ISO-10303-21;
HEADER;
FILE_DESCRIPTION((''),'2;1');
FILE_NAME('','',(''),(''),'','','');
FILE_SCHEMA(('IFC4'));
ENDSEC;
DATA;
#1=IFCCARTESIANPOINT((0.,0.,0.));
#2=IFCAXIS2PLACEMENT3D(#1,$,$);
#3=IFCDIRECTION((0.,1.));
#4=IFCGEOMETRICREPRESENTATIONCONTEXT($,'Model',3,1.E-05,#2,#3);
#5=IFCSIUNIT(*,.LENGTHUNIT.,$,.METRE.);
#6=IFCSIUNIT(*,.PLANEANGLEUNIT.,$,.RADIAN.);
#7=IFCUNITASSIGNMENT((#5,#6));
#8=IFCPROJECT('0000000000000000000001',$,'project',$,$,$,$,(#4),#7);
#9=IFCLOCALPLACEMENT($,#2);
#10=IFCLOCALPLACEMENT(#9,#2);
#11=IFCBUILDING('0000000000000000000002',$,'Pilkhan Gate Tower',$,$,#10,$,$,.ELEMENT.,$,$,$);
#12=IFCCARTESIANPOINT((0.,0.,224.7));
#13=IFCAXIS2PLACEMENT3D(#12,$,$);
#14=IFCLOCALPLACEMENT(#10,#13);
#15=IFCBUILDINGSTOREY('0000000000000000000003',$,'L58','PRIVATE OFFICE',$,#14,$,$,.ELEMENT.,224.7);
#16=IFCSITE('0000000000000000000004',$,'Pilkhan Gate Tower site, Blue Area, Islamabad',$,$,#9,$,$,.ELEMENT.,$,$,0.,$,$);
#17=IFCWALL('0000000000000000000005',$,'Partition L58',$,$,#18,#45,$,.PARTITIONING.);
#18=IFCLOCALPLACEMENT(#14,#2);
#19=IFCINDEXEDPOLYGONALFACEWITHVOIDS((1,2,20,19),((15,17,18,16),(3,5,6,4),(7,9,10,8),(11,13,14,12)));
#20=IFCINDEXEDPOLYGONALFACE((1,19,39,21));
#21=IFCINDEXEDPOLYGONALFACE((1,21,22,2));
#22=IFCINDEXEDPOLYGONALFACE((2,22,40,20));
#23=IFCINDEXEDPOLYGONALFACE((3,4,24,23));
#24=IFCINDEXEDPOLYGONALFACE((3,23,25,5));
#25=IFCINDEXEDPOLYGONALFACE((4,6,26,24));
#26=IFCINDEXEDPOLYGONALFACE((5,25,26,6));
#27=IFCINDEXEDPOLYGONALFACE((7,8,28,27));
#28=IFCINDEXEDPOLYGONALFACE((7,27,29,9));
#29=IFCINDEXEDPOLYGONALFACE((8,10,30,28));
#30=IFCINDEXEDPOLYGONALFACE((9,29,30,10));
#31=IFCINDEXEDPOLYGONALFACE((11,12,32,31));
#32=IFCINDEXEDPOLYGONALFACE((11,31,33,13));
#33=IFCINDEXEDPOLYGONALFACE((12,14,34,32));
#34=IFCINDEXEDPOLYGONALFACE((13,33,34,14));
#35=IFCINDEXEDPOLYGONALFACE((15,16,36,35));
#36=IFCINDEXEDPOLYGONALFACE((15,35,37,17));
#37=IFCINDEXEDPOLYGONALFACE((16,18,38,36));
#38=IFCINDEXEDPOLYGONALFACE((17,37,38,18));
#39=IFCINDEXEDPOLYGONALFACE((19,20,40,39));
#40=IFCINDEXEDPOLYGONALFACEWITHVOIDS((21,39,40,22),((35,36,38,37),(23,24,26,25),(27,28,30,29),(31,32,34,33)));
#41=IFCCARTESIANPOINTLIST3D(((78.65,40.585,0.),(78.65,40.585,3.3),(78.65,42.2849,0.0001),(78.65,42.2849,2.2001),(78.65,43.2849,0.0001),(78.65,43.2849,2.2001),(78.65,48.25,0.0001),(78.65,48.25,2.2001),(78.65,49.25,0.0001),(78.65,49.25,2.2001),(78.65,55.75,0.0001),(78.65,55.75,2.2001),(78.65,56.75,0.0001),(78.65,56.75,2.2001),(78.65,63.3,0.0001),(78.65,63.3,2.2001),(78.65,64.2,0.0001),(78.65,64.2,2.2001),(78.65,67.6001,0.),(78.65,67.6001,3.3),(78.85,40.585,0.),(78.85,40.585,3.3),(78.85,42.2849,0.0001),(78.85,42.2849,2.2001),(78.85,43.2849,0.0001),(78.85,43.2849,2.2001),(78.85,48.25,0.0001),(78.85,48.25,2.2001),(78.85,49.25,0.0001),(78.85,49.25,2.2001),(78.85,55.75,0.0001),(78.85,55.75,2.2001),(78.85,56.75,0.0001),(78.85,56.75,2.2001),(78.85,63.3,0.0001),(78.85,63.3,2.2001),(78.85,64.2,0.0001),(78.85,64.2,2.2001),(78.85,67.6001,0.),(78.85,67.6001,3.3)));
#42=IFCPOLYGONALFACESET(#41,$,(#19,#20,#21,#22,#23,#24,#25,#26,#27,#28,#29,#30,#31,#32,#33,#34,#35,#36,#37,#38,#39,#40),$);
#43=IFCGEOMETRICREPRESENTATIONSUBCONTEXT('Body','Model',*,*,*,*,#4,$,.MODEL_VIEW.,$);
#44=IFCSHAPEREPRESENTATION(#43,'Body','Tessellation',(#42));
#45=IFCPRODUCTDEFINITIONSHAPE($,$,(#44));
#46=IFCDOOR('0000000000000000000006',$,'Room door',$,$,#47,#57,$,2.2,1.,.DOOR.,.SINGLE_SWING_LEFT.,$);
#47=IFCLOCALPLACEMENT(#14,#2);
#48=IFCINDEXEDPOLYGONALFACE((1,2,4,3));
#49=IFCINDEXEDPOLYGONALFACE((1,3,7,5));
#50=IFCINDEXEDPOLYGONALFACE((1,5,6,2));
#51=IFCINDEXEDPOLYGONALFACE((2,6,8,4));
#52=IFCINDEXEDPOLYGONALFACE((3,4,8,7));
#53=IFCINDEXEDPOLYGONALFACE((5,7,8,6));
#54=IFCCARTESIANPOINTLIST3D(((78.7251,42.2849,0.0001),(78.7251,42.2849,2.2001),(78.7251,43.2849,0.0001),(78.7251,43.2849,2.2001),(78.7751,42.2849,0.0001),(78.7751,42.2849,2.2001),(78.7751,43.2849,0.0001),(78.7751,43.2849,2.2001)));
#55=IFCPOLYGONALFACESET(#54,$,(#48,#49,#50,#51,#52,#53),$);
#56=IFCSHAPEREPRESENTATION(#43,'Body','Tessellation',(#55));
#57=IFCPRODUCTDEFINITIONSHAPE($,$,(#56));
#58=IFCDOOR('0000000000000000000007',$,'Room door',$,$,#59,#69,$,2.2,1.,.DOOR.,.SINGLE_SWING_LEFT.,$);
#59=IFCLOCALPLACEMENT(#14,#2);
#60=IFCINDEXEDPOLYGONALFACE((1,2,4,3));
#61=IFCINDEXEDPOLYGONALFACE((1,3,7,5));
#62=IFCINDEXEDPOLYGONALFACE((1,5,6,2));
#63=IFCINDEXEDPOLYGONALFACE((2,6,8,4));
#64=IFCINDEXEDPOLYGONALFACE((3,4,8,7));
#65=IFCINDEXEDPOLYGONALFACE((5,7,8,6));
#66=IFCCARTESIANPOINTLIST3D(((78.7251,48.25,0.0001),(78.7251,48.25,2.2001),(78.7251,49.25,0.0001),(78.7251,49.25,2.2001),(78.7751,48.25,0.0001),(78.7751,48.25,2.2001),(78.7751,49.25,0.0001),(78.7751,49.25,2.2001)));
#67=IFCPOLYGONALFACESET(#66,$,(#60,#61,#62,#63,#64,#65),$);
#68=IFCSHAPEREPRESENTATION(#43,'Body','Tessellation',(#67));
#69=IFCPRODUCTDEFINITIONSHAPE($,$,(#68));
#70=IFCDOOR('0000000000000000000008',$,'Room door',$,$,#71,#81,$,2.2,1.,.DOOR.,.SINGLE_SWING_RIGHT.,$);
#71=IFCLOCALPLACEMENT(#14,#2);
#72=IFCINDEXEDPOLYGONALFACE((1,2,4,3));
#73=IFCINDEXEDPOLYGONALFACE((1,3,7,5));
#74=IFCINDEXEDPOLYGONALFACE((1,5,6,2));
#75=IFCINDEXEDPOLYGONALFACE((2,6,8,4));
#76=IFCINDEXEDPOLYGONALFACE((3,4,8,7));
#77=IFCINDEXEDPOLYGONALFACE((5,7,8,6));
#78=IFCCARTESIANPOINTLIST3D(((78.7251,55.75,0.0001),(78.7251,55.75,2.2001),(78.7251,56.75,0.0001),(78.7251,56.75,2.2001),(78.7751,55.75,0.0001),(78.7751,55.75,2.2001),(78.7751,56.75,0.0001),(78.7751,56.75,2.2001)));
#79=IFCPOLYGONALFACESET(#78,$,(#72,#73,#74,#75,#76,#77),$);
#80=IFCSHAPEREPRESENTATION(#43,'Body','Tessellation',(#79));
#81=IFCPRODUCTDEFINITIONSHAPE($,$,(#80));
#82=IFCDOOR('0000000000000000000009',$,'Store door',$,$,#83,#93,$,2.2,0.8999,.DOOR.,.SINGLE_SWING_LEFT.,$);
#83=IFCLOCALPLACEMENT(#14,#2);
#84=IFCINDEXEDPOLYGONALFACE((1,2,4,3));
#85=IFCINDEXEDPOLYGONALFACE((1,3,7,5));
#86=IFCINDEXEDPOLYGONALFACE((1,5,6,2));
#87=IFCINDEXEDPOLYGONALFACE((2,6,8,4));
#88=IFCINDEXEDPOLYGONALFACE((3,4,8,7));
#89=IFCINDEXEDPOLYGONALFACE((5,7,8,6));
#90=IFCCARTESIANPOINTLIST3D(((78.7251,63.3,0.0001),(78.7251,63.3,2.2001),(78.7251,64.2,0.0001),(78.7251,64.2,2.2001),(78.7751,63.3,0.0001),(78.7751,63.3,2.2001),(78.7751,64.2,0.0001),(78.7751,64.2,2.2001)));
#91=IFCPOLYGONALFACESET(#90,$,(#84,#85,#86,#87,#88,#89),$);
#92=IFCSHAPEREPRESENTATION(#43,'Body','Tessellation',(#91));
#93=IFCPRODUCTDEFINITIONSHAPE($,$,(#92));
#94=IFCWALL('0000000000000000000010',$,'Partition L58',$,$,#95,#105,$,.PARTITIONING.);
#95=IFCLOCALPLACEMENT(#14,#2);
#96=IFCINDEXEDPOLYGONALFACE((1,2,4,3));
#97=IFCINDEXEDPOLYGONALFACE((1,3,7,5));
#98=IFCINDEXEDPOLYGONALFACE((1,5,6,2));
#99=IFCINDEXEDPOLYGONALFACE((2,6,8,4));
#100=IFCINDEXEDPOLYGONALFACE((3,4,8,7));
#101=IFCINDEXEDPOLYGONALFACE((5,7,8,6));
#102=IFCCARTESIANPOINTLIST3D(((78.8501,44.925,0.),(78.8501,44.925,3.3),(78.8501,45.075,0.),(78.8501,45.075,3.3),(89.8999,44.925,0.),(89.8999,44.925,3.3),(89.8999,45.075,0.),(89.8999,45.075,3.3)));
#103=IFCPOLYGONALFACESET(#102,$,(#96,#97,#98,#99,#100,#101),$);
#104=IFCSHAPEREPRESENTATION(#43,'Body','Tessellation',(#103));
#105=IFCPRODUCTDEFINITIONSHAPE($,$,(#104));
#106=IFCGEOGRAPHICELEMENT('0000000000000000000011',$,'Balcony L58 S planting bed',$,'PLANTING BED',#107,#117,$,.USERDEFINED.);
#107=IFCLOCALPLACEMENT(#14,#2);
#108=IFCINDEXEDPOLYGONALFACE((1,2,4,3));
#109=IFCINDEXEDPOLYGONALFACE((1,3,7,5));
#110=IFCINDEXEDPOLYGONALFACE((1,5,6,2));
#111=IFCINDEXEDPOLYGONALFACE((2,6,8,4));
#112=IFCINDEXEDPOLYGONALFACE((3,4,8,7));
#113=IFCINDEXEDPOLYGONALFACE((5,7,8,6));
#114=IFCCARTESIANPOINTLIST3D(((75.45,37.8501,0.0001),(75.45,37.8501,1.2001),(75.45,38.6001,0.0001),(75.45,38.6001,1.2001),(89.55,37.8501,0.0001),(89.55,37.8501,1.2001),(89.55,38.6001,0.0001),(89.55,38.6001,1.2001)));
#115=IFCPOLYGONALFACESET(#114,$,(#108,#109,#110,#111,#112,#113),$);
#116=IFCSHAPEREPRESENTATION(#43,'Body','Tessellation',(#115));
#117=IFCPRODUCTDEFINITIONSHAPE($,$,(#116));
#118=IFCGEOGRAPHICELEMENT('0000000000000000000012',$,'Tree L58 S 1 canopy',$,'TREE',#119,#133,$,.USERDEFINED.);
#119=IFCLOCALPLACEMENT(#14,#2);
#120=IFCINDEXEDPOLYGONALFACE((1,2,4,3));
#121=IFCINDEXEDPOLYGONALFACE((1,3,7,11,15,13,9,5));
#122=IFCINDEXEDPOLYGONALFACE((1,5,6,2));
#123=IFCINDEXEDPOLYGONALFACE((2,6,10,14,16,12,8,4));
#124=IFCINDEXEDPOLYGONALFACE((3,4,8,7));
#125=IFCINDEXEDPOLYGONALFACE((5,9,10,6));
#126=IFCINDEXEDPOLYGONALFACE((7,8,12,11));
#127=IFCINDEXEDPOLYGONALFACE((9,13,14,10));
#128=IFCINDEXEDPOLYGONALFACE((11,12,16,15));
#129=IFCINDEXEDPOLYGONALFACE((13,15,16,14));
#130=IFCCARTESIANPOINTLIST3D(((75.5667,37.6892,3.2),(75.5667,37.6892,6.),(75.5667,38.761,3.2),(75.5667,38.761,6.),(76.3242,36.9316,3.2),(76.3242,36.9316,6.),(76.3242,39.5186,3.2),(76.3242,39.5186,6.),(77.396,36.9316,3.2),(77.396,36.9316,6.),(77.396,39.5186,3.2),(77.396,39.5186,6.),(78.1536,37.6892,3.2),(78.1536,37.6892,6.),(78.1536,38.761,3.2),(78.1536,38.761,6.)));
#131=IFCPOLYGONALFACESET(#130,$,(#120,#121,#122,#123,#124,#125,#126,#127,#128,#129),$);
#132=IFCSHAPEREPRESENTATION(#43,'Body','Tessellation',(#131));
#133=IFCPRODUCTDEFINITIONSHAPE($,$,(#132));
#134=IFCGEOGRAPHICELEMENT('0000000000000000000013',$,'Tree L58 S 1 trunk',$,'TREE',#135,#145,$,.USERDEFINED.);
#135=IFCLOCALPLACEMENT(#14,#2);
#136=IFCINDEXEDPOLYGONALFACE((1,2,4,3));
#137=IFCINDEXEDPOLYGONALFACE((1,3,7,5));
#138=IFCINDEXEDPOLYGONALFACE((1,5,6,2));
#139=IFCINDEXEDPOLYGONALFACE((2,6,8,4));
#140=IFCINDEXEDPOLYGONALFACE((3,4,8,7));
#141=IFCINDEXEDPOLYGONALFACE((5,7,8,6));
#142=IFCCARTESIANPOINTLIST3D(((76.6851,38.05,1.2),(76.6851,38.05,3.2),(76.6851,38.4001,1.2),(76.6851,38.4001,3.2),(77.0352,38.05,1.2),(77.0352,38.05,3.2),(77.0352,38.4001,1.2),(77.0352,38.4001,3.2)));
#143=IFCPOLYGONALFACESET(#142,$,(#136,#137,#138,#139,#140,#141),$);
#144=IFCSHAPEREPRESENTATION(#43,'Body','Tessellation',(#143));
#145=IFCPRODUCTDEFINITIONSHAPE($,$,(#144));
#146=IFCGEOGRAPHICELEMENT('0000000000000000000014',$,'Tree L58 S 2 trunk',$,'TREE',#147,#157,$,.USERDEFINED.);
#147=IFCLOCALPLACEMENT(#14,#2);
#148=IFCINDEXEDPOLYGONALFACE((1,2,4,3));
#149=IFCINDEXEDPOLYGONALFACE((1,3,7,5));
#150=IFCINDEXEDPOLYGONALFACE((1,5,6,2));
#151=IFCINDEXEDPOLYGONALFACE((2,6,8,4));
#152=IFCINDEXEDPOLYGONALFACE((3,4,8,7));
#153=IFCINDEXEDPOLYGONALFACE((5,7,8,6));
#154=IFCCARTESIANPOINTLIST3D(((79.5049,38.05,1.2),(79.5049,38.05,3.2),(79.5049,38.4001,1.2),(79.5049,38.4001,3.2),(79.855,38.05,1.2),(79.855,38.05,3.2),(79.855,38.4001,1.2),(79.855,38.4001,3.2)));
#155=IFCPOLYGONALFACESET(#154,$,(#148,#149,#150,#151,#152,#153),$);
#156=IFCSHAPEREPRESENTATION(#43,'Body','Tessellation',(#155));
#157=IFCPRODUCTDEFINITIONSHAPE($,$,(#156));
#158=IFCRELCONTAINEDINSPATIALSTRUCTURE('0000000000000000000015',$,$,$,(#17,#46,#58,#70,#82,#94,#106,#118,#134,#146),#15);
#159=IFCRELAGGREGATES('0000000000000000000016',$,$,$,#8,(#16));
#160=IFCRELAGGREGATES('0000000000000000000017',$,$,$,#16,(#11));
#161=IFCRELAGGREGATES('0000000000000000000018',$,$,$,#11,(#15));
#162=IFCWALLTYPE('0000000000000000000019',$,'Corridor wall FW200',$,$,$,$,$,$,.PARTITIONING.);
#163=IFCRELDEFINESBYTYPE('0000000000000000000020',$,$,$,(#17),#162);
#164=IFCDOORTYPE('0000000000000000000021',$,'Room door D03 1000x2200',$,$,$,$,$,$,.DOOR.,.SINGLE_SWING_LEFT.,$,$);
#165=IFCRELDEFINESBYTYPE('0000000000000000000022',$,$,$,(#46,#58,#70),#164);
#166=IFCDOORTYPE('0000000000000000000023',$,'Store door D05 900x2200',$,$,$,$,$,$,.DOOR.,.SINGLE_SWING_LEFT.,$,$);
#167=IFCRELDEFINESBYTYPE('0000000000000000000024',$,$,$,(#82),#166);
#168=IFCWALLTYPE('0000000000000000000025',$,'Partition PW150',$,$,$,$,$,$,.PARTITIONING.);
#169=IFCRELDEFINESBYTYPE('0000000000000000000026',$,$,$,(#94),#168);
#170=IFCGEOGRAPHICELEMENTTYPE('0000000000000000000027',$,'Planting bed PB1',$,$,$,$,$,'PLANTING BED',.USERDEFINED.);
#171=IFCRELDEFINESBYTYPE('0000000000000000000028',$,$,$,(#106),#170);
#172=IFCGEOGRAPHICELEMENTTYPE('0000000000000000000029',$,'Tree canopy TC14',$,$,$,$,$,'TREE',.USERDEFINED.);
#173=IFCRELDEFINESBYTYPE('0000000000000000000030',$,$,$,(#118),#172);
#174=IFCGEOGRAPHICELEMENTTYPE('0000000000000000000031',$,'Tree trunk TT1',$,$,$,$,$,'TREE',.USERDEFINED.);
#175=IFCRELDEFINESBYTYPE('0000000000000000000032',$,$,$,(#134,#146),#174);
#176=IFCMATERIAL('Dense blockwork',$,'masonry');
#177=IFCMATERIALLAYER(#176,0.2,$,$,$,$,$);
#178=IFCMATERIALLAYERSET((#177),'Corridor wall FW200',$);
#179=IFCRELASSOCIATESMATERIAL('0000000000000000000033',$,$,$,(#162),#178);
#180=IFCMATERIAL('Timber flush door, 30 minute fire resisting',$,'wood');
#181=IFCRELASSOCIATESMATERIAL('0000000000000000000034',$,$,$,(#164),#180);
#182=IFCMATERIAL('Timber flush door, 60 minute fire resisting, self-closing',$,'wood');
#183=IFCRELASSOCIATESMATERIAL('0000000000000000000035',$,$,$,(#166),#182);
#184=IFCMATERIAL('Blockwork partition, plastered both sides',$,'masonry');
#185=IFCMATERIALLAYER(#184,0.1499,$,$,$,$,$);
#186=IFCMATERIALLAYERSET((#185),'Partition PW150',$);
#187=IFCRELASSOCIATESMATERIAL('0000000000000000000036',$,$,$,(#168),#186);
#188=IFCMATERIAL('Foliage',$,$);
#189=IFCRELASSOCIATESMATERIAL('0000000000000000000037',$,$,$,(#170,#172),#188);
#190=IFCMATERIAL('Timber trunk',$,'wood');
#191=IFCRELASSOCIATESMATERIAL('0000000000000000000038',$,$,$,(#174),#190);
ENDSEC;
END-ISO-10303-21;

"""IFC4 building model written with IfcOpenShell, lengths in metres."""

from ifc_helpers import new_model, si_unit, direction, frame, frame_2d, origin, origin_2d, place, context, subcontext, project, spatial, polyline, rectangle, outline, extrude, material, layer, layer_set, material_profile, profile_set, type_object, element, fill, save


model = new_model("IFC4")

# Units and contexts
model_context = context("Model", 3, precision=1e-05, world=origin(), true_north=direction((0.0, 1.0)))
body_context = subcontext(model_context, "Body", "Model", "MODEL_VIEW")
ifc_project = project(units=[si_unit("LENGTHUNIT", "METRE"), si_unit("PLANEANGLEUNIT", "RADIAN")], contexts=[model_context])

# Site, building, storey
site_placement = place(None, origin())
site = spatial("IfcSite", under=ifc_project, at=site_placement, Name="Pilkhan Gate Tower site, Blue Area, Islamabad", CompositionType="ELEMENT", RefElevation=0.0)
building_placement = place(site_placement, origin())
building = spatial("IfcBuilding", under=site, at=building_placement, Name="Pilkhan Gate Tower", CompositionType="ELEMENT")
storey_placement = place(building_placement, frame((0.0, 0.0, 224.7)))
storey = spatial("IfcBuildingStorey", under=building, at=storey_placement, Name="L58", Description="PRIVATE OFFICE", CompositionType="ELEMENT", Elevation=224.7)

# Wall, openings, doors
ifc_material_1 = material(Name="Dense blockwork", Category="masonry")
ifc_layer_1 = layer(ifc_material_1, 0.2)
ifc_layer_set_1 = layer_set([ifc_layer_1], Name="Corridor wall FW200")
wall_type_1 = type_object("IfcWallType", Name="Corridor wall FW200", PredefinedType="PARTITIONING", material=ifc_layer_set_1)
ifc_material_2 = material(Name="Timber flush door, 30 minute fire resisting", Category="wood")
door_type_1 = type_object("IfcDoorType", Name="Room door D03 1000x2200", OperationType="SINGLE_SWING_LEFT", PredefinedType="DOOR", material=ifc_material_2)
wall_1_placement = place(storey_placement, frame((78.75, 40.585, 0.0), z_axis=(0.0, 0.0, 1.0), x_axis=(0.0, 1.0, 0.0)))
wall_1 = element("IfcWall", 1, at=wall_1_placement, inside=storey, type_object=wall_type_1, Name="Partition L58", PredefinedType="PARTITIONING", context=body_context, shape_type="SweptSolid", body=[
    extrude(rectangle(XDim=27.0151, YDim=0.2, at=frame_2d((13.5076, 0.0))), origin(), (0.0, 0.0, 1.0), 3.3),
])
opening_1_placement = place(wall_1_placement, frame((1.7, 0.0, 0.0)))
opening_1 = element("IfcOpeningElement", 2, at=opening_1_placement, cuts=wall_1, PredefinedType="OPENING", context=body_context, shape_type="SweptSolid", body=[
    extrude(rectangle(XDim=1.0, YDim=2.2, at=frame_2d((0.5, 1.1001))), frame((0.0, 0.1099, 0.0), z_axis=(0.0, -1.0, 0.0), x_axis=(1.0, 0.0, 0.0)), (0.0, 0.0, 1.0), 0.22),
])
opening_2_placement = place(wall_1_placement, frame((7.665, 0.0, 0.0)))
opening_2 = element("IfcOpeningElement", 3, at=opening_2_placement, cuts=wall_1, PredefinedType="OPENING", context=body_context, shape_type="SweptSolid", body=[
    extrude(rectangle(XDim=1.0, YDim=2.2, at=frame_2d((0.5, 1.1001))), frame((0.0, 0.1099, 0.0), z_axis=(0.0, -1.0, 0.0), x_axis=(1.0, 0.0, 0.0)), (0.0, 0.0, 1.0), 0.22),
])
opening_3_placement = place(wall_1_placement, frame((15.165, 0.0, 0.0)))
opening_3 = element("IfcOpeningElement", 4, at=opening_3_placement, cuts=wall_1, PredefinedType="OPENING", context=body_context, shape_type="SweptSolid", body=[
    extrude(rectangle(XDim=1.0, YDim=2.2, at=frame_2d((0.5, 1.1001))), frame((0.0, 0.1099, 0.0), z_axis=(0.0, -1.0, 0.0), x_axis=(1.0, 0.0, 0.0)), (0.0, 0.0, 1.0), 0.22),
])
opening_4_placement = place(wall_1_placement, frame((22.7151, 0.0, 0.0)))
opening_4 = element("IfcOpeningElement", 5, at=opening_4_placement, cuts=wall_1, PredefinedType="OPENING", context=body_context, shape_type="SweptSolid", body=[
    extrude(rectangle(XDim=0.8999, YDim=2.2, at=frame_2d((0.45, 1.1001))), frame((0.0, 0.1099, 0.0), z_axis=(0.0, -1.0, 0.0), x_axis=(1.0, 0.0, 0.0)), (0.0, 0.0, 1.0), 0.22),
])
door_1_placement = place(opening_1_placement, origin())
door_1 = element("IfcDoor", 6, at=door_1_placement, inside=storey, type_object=door_type_1, Name="Room door", OperationType="SINGLE_SWING_LEFT", OverallHeight=2.2, OverallWidth=1.0, PredefinedType="DOOR", context=body_context, shape_type="SweptSolid", body=[
    extrude(rectangle(XDim=1.0, YDim=2.2, at=frame_2d((0.5, 1.1001))), frame((0.0, 0.0249, 0.0), z_axis=(0.0, -1.0, 0.0), x_axis=(1.0, 0.0, 0.0)), (0.0, 0.0, 1.0), 0.05),
])
fill(opening_1, door_1)
door_2_placement = place(opening_2_placement, origin())
door_2 = element("IfcDoor", 7, at=door_2_placement, inside=storey, type_object=door_type_1, Name="Room door", OperationType="SINGLE_SWING_LEFT", OverallHeight=2.2, OverallWidth=1.0, PredefinedType="DOOR", context=body_context, shape_type="SweptSolid", body=[
    extrude(rectangle(XDim=1.0, YDim=2.2, at=frame_2d((0.5, 1.1001))), frame((0.0, 0.0249, 0.0), z_axis=(0.0, -1.0, 0.0), x_axis=(1.0, 0.0, 0.0)), (0.0, 0.0, 1.0), 0.05),
])
fill(opening_2, door_2)
door_3_placement = place(opening_3_placement, origin())
door_3 = element("IfcDoor", 8, at=door_3_placement, inside=storey, type_object=door_type_1, Name="Room door", OperationType="SINGLE_SWING_RIGHT", OverallHeight=2.2, OverallWidth=1.0, PredefinedType="DOOR", context=body_context, shape_type="SweptSolid", body=[
    extrude(rectangle(XDim=1.0, YDim=2.2, at=frame_2d((0.5, 1.1001))), frame((0.0, 0.0249, 0.0), z_axis=(0.0, -1.0, 0.0), x_axis=(1.0, 0.0, 0.0)), (0.0, 0.0, 1.0), 0.05),
])
fill(opening_3, door_3)
ifc_material_3 = material(Name="Timber flush door, 60 minute fire resisting, self-closing", Category="wood")
door_type_2 = type_object("IfcDoorType", Name="Store door D05 900x2200", OperationType="SINGLE_SWING_LEFT", PredefinedType="DOOR", material=ifc_material_3)
door_4_placement = place(opening_4_placement, origin())
door_4 = element("IfcDoor", 9, at=door_4_placement, inside=storey, type_object=door_type_2, Name="Store door", OperationType="SINGLE_SWING_LEFT", OverallHeight=2.2, OverallWidth=0.8999, PredefinedType="DOOR", context=body_context, shape_type="SweptSolid", body=[
    extrude(rectangle(XDim=0.8999, YDim=2.2, at=frame_2d((0.45, 1.1001))), frame((0.0, 0.0249, 0.0), z_axis=(0.0, -1.0, 0.0), x_axis=(1.0, 0.0, 0.0)), (0.0, 0.0, 1.0), 0.05),
])
fill(opening_4, door_4)

# Wall
ifc_material_4 = material(Name="Blockwork partition, plastered both sides", Category="masonry")
ifc_layer_2 = layer(ifc_material_4, 0.1499)
ifc_layer_set_2 = layer_set([ifc_layer_2], Name="Partition PW150")
wall_type_2 = type_object("IfcWallType", Name="Partition PW150", PredefinedType="PARTITIONING", material=ifc_layer_set_2)
wall_2_placement = place(storey_placement, frame((78.8501, 45.0, 0.0), z_axis=(0.0, 0.0, 1.0), x_axis=(1.0, 0.0, 0.0)))
element("IfcWall", 10, at=wall_2_placement, inside=storey, type_object=wall_type_2, Name="Partition L58", PredefinedType="PARTITIONING", context=body_context, shape_type="SweptSolid", body=[
    extrude(rectangle(XDim=11.0498, YDim=0.1499, at=frame_2d((5.5249, 0.0))), origin(), (0.0, 0.0, 1.0), 3.3),
])

# Geographic elements
ifc_material_5 = material(Name="Foliage")
ifc_material_profile_1 = material_profile(ifc_material_5, rectangle(XDim=0.75, YDim=1.2, at=origin_2d()), Name="Bed 750x1200")
ifc_profile_set_1 = profile_set([ifc_material_profile_1], Name="Foliage")
geographic_element_type_1 = type_object("IfcGeographicElementType", Name="Planting bed PB1", ElementType="PLANTING BED", PredefinedType="USERDEFINED", material=ifc_profile_set_1)
geographic_element_1_placement = place(storey_placement, frame((75.45, 38.2251, 0.6001), z_axis=(1.0, 0.0, 0.0), x_axis=(0.0, 1.0, 0.0)))
element("IfcGeographicElement", 11, at=geographic_element_1_placement, inside=storey, type_object=geographic_element_type_1, Name="Balcony L58 S planting bed", ObjectType="PLANTING BED", PredefinedType="USERDEFINED", context=body_context, shape_type="SweptSolid", body=[
    extrude(rectangle(XDim=0.75, YDim=1.2, at=origin_2d()), origin(), (0.0, 0.0, 1.0), 14.1001),
])
ifc_material_profile_2 = material_profile(ifc_material_5, outline(polyline([(1.2935, 0.5359), (0.5359, 1.2935), (-0.5359, 1.2935), (-1.2935, 0.5359), (-1.2935, -0.5359), (-0.5359, -1.2935), (0.5359, -1.2935), (1.2935, -0.5359), (1.2935, 0.5359)])), Name="Canopy D2.8")
ifc_profile_set_2 = profile_set([ifc_material_profile_2], Name="Foliage")
geographic_element_type_2 = type_object("IfcGeographicElementType", Name="Tree canopy TC14", ElementType="TREE", PredefinedType="USERDEFINED", material=ifc_profile_set_2)
geographic_element_2_placement = place(storey_placement, frame((76.8601, 38.2251, 3.2), z_axis=(0.0, 0.0, 1.0), x_axis=(1.0, 0.0, 0.0)))
element("IfcGeographicElement", 12, at=geographic_element_2_placement, inside=storey, type_object=geographic_element_type_2, Name="Tree L58 S 1 canopy", ObjectType="TREE", PredefinedType="USERDEFINED", context=body_context, shape_type="SweptSolid", body=[
    extrude(outline(polyline([(1.2935, 0.5359), (0.5359, 1.2935), (-0.5359, 1.2935), (-1.2935, 0.5359), (-1.2935, -0.5359), (-0.5359, -1.2935), (0.5359, -1.2935), (1.2935, -0.5359), (1.2935, 0.5359)])), origin(), (0.0, 0.0, 1.0), 2.8),
])
ifc_material_6 = material(Name="Timber trunk", Category="wood")
geographic_element_type_3 = type_object("IfcGeographicElementType", Name="Tree trunk TT1", ElementType="TREE", PredefinedType="USERDEFINED", material=ifc_material_6)
for number, where, z_axis, x_axis, name in (
    (13, (76.8601, 38.2251, 1.2), (0.0, 0.0, 1.0), (1.0, 0.0, 0.0), "Tree L58 S 1 trunk"),
    (14, (79.6799, 38.2251, 1.2), (0.0, 0.0, 1.0), (1.0, 0.0, 0.0), "Tree L58 S 2 trunk"),
):
    element("IfcGeographicElement", number, at=place(storey_placement, frame(where, z_axis=z_axis, x_axis=x_axis)), inside=storey, type_object=geographic_element_type_3, Name=name, ObjectType="TREE", PredefinedType="USERDEFINED", context=body_context, shape_type="SweptSolid", body=[
        extrude(rectangle(XDim=0.3501, YDim=0.3501, at=origin_2d()), origin(), (0.0, 0.0, 1.0), 2.0),
    ])

save(model, "model.ifc")
